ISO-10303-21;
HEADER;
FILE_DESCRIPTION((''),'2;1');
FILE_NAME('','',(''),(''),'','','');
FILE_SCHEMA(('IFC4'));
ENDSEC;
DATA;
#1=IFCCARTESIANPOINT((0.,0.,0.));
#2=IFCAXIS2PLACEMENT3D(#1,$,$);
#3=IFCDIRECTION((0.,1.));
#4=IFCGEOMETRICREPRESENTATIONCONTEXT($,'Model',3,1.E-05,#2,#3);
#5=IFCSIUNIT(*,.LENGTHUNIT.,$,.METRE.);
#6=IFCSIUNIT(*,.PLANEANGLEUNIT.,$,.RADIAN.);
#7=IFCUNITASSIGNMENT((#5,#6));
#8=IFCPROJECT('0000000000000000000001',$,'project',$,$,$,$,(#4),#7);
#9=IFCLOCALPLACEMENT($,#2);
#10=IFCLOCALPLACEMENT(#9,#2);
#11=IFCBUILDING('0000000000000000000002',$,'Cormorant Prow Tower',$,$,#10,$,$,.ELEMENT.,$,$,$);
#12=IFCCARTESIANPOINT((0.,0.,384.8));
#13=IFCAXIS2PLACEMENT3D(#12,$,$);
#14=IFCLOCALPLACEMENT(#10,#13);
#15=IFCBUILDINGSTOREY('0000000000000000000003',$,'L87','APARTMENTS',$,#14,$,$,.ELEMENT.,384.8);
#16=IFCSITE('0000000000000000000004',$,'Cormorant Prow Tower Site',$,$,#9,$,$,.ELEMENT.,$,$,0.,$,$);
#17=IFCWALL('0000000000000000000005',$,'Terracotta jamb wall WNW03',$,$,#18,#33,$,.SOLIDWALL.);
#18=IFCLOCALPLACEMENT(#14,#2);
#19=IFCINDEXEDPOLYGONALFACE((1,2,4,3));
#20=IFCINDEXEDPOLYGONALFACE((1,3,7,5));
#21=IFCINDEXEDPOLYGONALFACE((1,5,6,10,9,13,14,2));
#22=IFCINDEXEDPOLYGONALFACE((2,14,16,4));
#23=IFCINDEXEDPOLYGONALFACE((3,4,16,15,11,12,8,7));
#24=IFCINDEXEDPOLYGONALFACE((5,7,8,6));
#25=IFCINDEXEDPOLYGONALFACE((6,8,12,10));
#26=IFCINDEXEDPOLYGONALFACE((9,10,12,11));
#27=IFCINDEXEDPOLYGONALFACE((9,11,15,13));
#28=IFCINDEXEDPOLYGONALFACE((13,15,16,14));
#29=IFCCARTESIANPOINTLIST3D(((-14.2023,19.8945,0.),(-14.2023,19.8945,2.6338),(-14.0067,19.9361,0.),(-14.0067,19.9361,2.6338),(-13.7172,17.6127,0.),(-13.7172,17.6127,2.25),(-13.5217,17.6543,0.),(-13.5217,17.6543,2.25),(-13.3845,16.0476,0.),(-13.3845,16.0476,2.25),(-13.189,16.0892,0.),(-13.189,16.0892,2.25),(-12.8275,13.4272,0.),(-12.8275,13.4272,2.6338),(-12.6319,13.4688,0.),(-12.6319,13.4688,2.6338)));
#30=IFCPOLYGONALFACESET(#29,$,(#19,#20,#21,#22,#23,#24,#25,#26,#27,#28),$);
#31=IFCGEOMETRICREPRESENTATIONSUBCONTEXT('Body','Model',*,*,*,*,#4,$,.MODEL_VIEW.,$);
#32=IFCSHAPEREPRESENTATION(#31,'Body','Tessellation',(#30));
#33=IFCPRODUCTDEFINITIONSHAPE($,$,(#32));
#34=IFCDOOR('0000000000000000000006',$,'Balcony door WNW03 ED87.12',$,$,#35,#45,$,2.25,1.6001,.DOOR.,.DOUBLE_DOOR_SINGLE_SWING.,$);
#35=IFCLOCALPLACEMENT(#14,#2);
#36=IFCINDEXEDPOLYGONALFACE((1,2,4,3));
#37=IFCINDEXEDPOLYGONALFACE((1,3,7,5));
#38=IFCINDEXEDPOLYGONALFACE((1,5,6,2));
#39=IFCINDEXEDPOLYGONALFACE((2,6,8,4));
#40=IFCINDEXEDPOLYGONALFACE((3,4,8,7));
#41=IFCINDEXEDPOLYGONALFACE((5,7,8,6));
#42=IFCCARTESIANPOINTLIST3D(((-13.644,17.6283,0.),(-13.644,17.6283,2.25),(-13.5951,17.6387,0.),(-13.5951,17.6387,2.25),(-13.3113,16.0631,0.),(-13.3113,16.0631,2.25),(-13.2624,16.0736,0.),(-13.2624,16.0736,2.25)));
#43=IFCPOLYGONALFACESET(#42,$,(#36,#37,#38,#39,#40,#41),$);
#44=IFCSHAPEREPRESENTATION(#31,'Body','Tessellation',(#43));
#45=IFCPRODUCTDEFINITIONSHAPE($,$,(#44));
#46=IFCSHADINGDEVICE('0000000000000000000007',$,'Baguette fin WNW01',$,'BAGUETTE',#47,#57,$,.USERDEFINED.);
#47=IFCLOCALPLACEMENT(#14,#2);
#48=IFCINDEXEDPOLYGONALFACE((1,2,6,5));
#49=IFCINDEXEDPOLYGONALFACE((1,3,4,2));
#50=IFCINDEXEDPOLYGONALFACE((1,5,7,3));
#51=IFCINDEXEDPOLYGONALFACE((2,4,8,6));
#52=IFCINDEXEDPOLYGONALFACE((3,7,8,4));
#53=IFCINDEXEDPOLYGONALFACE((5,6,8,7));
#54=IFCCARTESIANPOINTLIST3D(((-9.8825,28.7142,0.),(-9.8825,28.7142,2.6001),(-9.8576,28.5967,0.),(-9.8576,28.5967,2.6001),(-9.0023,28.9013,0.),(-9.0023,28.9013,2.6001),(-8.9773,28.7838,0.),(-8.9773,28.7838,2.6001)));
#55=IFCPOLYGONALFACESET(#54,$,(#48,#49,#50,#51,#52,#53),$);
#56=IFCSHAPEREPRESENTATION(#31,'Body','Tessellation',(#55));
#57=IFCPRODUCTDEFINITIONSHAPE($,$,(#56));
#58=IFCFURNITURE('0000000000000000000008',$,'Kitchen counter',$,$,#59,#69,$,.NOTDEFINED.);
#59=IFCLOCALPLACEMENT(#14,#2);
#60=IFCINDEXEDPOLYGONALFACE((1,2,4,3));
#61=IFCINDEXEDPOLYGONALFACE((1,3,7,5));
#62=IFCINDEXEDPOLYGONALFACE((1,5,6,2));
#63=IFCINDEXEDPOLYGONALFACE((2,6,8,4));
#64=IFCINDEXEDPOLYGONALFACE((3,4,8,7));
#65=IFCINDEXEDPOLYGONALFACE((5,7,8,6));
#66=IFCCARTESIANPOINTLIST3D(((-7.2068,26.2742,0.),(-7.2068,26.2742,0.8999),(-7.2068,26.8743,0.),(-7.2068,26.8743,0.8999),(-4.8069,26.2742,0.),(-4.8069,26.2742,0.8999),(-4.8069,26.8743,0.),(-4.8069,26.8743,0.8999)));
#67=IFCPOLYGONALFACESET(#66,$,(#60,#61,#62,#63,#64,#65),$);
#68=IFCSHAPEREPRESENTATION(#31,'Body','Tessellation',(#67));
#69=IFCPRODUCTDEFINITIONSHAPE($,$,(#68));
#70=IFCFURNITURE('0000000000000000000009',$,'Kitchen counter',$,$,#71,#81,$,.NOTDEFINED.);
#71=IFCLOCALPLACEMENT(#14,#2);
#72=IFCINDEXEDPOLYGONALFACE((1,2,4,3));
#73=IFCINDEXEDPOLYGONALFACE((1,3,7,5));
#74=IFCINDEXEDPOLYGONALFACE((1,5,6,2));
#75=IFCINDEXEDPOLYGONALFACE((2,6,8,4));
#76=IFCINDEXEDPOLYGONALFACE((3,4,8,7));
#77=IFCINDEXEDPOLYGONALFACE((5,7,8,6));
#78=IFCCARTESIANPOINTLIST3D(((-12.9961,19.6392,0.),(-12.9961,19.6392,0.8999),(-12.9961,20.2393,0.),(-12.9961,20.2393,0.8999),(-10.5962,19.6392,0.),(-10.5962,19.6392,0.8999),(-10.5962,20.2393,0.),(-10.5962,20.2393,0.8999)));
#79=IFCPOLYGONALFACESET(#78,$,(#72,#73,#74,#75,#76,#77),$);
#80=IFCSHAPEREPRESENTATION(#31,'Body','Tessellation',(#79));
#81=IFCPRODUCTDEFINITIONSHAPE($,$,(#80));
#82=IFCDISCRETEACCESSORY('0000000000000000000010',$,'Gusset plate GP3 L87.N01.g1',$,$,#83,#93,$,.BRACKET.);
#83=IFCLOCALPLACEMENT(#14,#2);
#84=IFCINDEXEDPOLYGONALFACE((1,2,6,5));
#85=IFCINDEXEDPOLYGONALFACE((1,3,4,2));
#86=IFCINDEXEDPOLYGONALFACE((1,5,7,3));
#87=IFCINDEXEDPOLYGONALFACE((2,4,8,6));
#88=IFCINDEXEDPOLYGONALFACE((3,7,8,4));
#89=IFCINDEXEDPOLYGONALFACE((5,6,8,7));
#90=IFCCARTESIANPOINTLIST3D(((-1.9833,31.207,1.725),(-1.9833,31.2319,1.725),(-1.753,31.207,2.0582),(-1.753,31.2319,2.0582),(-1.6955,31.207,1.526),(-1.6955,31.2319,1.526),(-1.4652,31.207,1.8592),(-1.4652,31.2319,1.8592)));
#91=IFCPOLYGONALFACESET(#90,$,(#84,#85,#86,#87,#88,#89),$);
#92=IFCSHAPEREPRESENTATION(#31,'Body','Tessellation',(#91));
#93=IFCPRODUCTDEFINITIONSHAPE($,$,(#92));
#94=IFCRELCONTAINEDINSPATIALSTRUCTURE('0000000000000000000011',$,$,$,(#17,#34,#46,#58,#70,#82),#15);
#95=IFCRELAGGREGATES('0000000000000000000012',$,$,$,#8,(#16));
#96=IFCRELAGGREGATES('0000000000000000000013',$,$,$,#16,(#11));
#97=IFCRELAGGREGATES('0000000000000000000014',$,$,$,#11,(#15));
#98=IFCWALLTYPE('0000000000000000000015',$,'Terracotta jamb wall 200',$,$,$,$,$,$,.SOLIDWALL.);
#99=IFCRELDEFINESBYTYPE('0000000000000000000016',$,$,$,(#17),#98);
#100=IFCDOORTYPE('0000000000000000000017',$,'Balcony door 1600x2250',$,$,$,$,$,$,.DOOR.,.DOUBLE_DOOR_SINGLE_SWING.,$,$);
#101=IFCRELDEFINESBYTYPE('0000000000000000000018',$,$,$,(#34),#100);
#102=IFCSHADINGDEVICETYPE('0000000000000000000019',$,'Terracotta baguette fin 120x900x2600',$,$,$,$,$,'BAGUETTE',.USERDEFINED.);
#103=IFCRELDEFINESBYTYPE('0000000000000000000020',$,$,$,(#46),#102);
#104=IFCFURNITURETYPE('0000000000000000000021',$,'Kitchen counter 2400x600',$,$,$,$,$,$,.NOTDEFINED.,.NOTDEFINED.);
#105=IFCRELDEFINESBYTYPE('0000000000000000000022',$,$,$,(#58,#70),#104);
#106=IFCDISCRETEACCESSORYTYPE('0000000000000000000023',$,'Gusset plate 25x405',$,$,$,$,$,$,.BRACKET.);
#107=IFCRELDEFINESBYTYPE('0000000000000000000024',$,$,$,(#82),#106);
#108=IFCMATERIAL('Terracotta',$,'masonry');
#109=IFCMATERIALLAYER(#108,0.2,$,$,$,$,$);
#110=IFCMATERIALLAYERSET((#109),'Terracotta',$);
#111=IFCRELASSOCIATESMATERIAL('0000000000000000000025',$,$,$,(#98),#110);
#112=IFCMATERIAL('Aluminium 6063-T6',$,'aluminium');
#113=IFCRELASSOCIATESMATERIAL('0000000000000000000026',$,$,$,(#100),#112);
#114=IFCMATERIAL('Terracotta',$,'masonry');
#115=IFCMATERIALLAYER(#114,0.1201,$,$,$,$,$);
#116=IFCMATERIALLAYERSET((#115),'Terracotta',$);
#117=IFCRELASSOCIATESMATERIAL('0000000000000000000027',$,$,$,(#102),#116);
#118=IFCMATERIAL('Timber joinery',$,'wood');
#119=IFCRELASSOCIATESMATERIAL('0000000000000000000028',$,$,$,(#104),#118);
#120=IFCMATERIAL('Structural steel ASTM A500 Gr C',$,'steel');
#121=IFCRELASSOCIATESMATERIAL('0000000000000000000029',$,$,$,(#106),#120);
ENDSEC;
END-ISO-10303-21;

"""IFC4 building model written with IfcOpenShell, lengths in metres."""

from ifc_helpers import new_model, si_unit, direction, frame, frame_2d, origin, origin_2d, place, context, subcontext, project, spatial, rectangle, extrude, material, layer, layer_set, material_profile, profile_set, type_object, element, fill, save


model = new_model("IFC4")

# Units and contexts
model_context = context("Model", 3, precision=1e-05, world=origin(), true_north=direction((0.0, 1.0)))
body_context = subcontext(model_context, "Body", "Model", "MODEL_VIEW")
ifc_project = project(units=[si_unit("LENGTHUNIT", "METRE"), si_unit("PLANEANGLEUNIT", "RADIAN")], contexts=[model_context])

# Site, building, storey
site_placement = place(None, origin())
site = spatial("IfcSite", under=ifc_project, at=site_placement, Name="Cormorant Prow Tower Site", CompositionType="ELEMENT", RefElevation=0.0)
building_placement = place(site_placement, origin())
building = spatial("IfcBuilding", under=site, at=building_placement, Name="Cormorant Prow Tower", CompositionType="ELEMENT")
storey_placement = place(building_placement, frame((0.0, 0.0, 384.8)))
storey = spatial("IfcBuildingStorey", under=building, at=storey_placement, Name="L87", Description="APARTMENTS", CompositionType="ELEMENT", Elevation=384.8)

# Wall, opening, door
ifc_material_1 = material(Name="Terracotta", Category="masonry")
ifc_layer_1 = layer(ifc_material_1, 0.2)
ifc_layer_set_1 = layer_set([ifc_layer_1], Name="Terracotta")
wall_type_1 = type_object("IfcWallType", Name="Terracotta jamb wall 200", PredefinedType="SOLIDWALL", material=ifc_layer_set_1)
ifc_material_2 = material(Name="Aluminium 6063-T6", Category="aluminium")
door_type_1 = type_object("IfcDoorType", Name="Balcony door 1600x2250", OperationType="DOUBLE_DOOR_SINGLE_SWING", PredefinedType="DOOR", material=ifc_material_2)
wall_1_placement = place(storey_placement, frame((-14.1045, 19.9153, 0.0), z_axis=(0.0, 0.0, 1.0), x_axis=(0.207925, -0.978145, 0.0)))
wall_1 = element("IfcWall", 1, at=wall_1_placement, inside=storey, type_object=wall_type_1, Name="Terracotta jamb wall WNW03", PredefinedType="SOLIDWALL", context=body_context, shape_type="SweptSolid", body=[
    extrude(rectangle(XDim=6.6118, YDim=0.2, at=frame_2d((3.3059, 0.0))), origin(), (0.0, 0.0, 1.0), 2.6338),
])
opening_1_placement = place(wall_1_placement, frame((2.3328, 0.0, 0.0)))
opening_1 = element("IfcOpeningElement", 2, at=opening_1_placement, cuts=wall_1, PredefinedType="OPENING", context=body_context, shape_type="SweptSolid", body=[
    extrude(rectangle(XDim=1.6001, YDim=2.25, at=frame_2d((0.8, 1.125))), frame((0.0, 0.1099, 0.0), z_axis=(0.0, -1.0, 0.0), x_axis=(1.0, 0.0, 0.0)), (0.0, 0.0, 1.0), 0.22),
])
door_1_placement = place(opening_1_placement, origin())
door_1 = element("IfcDoor", 3, at=door_1_placement, inside=storey, type_object=door_type_1, Name="Balcony door WNW03 ED87.12", OperationType="DOUBLE_DOOR_SINGLE_SWING", OverallHeight=2.25, OverallWidth=1.6001, PredefinedType="DOOR", context=body_context, shape_type="SweptSolid", body=[
    extrude(rectangle(XDim=1.6001, YDim=2.25, at=frame_2d((0.8, 1.125))), frame((0.0, 0.0249, 0.0), z_axis=(0.0, -1.0, 0.0), x_axis=(1.0, 0.0, 0.0)), (0.0, 0.0, 1.0), 0.05),
])
fill(opening_1, door_1)

# Shading device
ifc_material_3 = material(Name="Terracotta", Category="masonry")
ifc_layer_2 = layer(ifc_material_3, 0.1201)
ifc_layer_set_2 = layer_set([ifc_layer_2], Name="Terracotta")
shading_device_type = type_object("IfcShadingDeviceType", Name="Terracotta baguette fin 120x900x2600", ElementType="BAGUETTE", PredefinedType="USERDEFINED", material=ifc_layer_set_2)
shading_device_placement = place(storey_placement, frame((-9.4299, 28.749, 0.0), z_axis=(0.0, 0.0, 1.0), x_axis=(0.207912, -0.978148, 0.0)))
element("IfcShadingDevice", 4, at=shading_device_placement, inside=storey, type_object=shading_device_type, Name="Baguette fin WNW01", ObjectType="BAGUETTE", PredefinedType="USERDEFINED", context=body_context, shape_type="SweptSolid", body=[
    extrude(rectangle(XDim=0.1201, YDim=0.8999, at=origin_2d()), origin(), (0.0, 0.0, 1.0), 2.6001),
])

# Furniture
ifc_material_4 = material(Name="Timber joinery", Category="wood")
furniture_type = type_object("IfcFurnitureType", Name="Kitchen counter 2400x600", AssemblyPlace="NOTDEFINED", PredefinedType="NOTDEFINED", material=ifc_material_4)
for number, where, z_axis, x_axis, name in (
    (5, (-6.0068, 26.5742, 0.0), (0.0, 0.0, 1.0), (1.0, 0.0, 0.0), "Kitchen counter"),
    (6, (-11.7961, 19.9392, 0.0), (0.0, 0.0, 1.0), (1.0, 0.0, 0.0), "Kitchen counter"),
):
    element("IfcFurniture", number, at=place(storey_placement, frame(where, z_axis=z_axis, x_axis=x_axis)), inside=storey, type_object=furniture_type, Name=name, PredefinedType="NOTDEFINED", context=body_context, shape_type="SweptSolid", body=[
        extrude(rectangle(XDim=2.3999, YDim=0.6001, at=origin_2d()), origin(), (0.0, 0.0, 1.0), 0.8999),
    ])

# Discrete accessory
ifc_material_5 = material(Name="Structural steel ASTM A500 Gr C", Category="steel")
ifc_material_profile_1 = material_profile(ifc_material_5, rectangle(XDim=0.0249, YDim=0.405, at=origin_2d()), Name="Gusset plate 25x405")
ifc_profile_set_1 = profile_set([ifc_material_profile_1], Name="Structural steel ASTM A500 Gr C")
discrete_accessory_type = type_object("IfcDiscreteAccessoryType", Name="Gusset plate 25x405", PredefinedType="BRACKET", material=ifc_profile_set_1)
discrete_accessory_placement = place(storey_placement, frame((-1.5803, 31.2195, 1.6926), z_axis=(-0.822594, 0.0, 0.568629), x_axis=(0.0, -1.0, 0.0)))
element("IfcDiscreteAccessory", 7, at=discrete_accessory_placement, inside=storey, type_object=discrete_accessory_type, Name="Gusset plate GP3 L87.N01.g1", PredefinedType="BRACKET", context=body_context, shape_type="SweptSolid", body=[
    extrude(rectangle(XDim=0.0249, YDim=0.405, at=origin_2d()), origin(), (0.0, 0.0, 1.0), 0.3499),
])

save(model, "model.ifc")
